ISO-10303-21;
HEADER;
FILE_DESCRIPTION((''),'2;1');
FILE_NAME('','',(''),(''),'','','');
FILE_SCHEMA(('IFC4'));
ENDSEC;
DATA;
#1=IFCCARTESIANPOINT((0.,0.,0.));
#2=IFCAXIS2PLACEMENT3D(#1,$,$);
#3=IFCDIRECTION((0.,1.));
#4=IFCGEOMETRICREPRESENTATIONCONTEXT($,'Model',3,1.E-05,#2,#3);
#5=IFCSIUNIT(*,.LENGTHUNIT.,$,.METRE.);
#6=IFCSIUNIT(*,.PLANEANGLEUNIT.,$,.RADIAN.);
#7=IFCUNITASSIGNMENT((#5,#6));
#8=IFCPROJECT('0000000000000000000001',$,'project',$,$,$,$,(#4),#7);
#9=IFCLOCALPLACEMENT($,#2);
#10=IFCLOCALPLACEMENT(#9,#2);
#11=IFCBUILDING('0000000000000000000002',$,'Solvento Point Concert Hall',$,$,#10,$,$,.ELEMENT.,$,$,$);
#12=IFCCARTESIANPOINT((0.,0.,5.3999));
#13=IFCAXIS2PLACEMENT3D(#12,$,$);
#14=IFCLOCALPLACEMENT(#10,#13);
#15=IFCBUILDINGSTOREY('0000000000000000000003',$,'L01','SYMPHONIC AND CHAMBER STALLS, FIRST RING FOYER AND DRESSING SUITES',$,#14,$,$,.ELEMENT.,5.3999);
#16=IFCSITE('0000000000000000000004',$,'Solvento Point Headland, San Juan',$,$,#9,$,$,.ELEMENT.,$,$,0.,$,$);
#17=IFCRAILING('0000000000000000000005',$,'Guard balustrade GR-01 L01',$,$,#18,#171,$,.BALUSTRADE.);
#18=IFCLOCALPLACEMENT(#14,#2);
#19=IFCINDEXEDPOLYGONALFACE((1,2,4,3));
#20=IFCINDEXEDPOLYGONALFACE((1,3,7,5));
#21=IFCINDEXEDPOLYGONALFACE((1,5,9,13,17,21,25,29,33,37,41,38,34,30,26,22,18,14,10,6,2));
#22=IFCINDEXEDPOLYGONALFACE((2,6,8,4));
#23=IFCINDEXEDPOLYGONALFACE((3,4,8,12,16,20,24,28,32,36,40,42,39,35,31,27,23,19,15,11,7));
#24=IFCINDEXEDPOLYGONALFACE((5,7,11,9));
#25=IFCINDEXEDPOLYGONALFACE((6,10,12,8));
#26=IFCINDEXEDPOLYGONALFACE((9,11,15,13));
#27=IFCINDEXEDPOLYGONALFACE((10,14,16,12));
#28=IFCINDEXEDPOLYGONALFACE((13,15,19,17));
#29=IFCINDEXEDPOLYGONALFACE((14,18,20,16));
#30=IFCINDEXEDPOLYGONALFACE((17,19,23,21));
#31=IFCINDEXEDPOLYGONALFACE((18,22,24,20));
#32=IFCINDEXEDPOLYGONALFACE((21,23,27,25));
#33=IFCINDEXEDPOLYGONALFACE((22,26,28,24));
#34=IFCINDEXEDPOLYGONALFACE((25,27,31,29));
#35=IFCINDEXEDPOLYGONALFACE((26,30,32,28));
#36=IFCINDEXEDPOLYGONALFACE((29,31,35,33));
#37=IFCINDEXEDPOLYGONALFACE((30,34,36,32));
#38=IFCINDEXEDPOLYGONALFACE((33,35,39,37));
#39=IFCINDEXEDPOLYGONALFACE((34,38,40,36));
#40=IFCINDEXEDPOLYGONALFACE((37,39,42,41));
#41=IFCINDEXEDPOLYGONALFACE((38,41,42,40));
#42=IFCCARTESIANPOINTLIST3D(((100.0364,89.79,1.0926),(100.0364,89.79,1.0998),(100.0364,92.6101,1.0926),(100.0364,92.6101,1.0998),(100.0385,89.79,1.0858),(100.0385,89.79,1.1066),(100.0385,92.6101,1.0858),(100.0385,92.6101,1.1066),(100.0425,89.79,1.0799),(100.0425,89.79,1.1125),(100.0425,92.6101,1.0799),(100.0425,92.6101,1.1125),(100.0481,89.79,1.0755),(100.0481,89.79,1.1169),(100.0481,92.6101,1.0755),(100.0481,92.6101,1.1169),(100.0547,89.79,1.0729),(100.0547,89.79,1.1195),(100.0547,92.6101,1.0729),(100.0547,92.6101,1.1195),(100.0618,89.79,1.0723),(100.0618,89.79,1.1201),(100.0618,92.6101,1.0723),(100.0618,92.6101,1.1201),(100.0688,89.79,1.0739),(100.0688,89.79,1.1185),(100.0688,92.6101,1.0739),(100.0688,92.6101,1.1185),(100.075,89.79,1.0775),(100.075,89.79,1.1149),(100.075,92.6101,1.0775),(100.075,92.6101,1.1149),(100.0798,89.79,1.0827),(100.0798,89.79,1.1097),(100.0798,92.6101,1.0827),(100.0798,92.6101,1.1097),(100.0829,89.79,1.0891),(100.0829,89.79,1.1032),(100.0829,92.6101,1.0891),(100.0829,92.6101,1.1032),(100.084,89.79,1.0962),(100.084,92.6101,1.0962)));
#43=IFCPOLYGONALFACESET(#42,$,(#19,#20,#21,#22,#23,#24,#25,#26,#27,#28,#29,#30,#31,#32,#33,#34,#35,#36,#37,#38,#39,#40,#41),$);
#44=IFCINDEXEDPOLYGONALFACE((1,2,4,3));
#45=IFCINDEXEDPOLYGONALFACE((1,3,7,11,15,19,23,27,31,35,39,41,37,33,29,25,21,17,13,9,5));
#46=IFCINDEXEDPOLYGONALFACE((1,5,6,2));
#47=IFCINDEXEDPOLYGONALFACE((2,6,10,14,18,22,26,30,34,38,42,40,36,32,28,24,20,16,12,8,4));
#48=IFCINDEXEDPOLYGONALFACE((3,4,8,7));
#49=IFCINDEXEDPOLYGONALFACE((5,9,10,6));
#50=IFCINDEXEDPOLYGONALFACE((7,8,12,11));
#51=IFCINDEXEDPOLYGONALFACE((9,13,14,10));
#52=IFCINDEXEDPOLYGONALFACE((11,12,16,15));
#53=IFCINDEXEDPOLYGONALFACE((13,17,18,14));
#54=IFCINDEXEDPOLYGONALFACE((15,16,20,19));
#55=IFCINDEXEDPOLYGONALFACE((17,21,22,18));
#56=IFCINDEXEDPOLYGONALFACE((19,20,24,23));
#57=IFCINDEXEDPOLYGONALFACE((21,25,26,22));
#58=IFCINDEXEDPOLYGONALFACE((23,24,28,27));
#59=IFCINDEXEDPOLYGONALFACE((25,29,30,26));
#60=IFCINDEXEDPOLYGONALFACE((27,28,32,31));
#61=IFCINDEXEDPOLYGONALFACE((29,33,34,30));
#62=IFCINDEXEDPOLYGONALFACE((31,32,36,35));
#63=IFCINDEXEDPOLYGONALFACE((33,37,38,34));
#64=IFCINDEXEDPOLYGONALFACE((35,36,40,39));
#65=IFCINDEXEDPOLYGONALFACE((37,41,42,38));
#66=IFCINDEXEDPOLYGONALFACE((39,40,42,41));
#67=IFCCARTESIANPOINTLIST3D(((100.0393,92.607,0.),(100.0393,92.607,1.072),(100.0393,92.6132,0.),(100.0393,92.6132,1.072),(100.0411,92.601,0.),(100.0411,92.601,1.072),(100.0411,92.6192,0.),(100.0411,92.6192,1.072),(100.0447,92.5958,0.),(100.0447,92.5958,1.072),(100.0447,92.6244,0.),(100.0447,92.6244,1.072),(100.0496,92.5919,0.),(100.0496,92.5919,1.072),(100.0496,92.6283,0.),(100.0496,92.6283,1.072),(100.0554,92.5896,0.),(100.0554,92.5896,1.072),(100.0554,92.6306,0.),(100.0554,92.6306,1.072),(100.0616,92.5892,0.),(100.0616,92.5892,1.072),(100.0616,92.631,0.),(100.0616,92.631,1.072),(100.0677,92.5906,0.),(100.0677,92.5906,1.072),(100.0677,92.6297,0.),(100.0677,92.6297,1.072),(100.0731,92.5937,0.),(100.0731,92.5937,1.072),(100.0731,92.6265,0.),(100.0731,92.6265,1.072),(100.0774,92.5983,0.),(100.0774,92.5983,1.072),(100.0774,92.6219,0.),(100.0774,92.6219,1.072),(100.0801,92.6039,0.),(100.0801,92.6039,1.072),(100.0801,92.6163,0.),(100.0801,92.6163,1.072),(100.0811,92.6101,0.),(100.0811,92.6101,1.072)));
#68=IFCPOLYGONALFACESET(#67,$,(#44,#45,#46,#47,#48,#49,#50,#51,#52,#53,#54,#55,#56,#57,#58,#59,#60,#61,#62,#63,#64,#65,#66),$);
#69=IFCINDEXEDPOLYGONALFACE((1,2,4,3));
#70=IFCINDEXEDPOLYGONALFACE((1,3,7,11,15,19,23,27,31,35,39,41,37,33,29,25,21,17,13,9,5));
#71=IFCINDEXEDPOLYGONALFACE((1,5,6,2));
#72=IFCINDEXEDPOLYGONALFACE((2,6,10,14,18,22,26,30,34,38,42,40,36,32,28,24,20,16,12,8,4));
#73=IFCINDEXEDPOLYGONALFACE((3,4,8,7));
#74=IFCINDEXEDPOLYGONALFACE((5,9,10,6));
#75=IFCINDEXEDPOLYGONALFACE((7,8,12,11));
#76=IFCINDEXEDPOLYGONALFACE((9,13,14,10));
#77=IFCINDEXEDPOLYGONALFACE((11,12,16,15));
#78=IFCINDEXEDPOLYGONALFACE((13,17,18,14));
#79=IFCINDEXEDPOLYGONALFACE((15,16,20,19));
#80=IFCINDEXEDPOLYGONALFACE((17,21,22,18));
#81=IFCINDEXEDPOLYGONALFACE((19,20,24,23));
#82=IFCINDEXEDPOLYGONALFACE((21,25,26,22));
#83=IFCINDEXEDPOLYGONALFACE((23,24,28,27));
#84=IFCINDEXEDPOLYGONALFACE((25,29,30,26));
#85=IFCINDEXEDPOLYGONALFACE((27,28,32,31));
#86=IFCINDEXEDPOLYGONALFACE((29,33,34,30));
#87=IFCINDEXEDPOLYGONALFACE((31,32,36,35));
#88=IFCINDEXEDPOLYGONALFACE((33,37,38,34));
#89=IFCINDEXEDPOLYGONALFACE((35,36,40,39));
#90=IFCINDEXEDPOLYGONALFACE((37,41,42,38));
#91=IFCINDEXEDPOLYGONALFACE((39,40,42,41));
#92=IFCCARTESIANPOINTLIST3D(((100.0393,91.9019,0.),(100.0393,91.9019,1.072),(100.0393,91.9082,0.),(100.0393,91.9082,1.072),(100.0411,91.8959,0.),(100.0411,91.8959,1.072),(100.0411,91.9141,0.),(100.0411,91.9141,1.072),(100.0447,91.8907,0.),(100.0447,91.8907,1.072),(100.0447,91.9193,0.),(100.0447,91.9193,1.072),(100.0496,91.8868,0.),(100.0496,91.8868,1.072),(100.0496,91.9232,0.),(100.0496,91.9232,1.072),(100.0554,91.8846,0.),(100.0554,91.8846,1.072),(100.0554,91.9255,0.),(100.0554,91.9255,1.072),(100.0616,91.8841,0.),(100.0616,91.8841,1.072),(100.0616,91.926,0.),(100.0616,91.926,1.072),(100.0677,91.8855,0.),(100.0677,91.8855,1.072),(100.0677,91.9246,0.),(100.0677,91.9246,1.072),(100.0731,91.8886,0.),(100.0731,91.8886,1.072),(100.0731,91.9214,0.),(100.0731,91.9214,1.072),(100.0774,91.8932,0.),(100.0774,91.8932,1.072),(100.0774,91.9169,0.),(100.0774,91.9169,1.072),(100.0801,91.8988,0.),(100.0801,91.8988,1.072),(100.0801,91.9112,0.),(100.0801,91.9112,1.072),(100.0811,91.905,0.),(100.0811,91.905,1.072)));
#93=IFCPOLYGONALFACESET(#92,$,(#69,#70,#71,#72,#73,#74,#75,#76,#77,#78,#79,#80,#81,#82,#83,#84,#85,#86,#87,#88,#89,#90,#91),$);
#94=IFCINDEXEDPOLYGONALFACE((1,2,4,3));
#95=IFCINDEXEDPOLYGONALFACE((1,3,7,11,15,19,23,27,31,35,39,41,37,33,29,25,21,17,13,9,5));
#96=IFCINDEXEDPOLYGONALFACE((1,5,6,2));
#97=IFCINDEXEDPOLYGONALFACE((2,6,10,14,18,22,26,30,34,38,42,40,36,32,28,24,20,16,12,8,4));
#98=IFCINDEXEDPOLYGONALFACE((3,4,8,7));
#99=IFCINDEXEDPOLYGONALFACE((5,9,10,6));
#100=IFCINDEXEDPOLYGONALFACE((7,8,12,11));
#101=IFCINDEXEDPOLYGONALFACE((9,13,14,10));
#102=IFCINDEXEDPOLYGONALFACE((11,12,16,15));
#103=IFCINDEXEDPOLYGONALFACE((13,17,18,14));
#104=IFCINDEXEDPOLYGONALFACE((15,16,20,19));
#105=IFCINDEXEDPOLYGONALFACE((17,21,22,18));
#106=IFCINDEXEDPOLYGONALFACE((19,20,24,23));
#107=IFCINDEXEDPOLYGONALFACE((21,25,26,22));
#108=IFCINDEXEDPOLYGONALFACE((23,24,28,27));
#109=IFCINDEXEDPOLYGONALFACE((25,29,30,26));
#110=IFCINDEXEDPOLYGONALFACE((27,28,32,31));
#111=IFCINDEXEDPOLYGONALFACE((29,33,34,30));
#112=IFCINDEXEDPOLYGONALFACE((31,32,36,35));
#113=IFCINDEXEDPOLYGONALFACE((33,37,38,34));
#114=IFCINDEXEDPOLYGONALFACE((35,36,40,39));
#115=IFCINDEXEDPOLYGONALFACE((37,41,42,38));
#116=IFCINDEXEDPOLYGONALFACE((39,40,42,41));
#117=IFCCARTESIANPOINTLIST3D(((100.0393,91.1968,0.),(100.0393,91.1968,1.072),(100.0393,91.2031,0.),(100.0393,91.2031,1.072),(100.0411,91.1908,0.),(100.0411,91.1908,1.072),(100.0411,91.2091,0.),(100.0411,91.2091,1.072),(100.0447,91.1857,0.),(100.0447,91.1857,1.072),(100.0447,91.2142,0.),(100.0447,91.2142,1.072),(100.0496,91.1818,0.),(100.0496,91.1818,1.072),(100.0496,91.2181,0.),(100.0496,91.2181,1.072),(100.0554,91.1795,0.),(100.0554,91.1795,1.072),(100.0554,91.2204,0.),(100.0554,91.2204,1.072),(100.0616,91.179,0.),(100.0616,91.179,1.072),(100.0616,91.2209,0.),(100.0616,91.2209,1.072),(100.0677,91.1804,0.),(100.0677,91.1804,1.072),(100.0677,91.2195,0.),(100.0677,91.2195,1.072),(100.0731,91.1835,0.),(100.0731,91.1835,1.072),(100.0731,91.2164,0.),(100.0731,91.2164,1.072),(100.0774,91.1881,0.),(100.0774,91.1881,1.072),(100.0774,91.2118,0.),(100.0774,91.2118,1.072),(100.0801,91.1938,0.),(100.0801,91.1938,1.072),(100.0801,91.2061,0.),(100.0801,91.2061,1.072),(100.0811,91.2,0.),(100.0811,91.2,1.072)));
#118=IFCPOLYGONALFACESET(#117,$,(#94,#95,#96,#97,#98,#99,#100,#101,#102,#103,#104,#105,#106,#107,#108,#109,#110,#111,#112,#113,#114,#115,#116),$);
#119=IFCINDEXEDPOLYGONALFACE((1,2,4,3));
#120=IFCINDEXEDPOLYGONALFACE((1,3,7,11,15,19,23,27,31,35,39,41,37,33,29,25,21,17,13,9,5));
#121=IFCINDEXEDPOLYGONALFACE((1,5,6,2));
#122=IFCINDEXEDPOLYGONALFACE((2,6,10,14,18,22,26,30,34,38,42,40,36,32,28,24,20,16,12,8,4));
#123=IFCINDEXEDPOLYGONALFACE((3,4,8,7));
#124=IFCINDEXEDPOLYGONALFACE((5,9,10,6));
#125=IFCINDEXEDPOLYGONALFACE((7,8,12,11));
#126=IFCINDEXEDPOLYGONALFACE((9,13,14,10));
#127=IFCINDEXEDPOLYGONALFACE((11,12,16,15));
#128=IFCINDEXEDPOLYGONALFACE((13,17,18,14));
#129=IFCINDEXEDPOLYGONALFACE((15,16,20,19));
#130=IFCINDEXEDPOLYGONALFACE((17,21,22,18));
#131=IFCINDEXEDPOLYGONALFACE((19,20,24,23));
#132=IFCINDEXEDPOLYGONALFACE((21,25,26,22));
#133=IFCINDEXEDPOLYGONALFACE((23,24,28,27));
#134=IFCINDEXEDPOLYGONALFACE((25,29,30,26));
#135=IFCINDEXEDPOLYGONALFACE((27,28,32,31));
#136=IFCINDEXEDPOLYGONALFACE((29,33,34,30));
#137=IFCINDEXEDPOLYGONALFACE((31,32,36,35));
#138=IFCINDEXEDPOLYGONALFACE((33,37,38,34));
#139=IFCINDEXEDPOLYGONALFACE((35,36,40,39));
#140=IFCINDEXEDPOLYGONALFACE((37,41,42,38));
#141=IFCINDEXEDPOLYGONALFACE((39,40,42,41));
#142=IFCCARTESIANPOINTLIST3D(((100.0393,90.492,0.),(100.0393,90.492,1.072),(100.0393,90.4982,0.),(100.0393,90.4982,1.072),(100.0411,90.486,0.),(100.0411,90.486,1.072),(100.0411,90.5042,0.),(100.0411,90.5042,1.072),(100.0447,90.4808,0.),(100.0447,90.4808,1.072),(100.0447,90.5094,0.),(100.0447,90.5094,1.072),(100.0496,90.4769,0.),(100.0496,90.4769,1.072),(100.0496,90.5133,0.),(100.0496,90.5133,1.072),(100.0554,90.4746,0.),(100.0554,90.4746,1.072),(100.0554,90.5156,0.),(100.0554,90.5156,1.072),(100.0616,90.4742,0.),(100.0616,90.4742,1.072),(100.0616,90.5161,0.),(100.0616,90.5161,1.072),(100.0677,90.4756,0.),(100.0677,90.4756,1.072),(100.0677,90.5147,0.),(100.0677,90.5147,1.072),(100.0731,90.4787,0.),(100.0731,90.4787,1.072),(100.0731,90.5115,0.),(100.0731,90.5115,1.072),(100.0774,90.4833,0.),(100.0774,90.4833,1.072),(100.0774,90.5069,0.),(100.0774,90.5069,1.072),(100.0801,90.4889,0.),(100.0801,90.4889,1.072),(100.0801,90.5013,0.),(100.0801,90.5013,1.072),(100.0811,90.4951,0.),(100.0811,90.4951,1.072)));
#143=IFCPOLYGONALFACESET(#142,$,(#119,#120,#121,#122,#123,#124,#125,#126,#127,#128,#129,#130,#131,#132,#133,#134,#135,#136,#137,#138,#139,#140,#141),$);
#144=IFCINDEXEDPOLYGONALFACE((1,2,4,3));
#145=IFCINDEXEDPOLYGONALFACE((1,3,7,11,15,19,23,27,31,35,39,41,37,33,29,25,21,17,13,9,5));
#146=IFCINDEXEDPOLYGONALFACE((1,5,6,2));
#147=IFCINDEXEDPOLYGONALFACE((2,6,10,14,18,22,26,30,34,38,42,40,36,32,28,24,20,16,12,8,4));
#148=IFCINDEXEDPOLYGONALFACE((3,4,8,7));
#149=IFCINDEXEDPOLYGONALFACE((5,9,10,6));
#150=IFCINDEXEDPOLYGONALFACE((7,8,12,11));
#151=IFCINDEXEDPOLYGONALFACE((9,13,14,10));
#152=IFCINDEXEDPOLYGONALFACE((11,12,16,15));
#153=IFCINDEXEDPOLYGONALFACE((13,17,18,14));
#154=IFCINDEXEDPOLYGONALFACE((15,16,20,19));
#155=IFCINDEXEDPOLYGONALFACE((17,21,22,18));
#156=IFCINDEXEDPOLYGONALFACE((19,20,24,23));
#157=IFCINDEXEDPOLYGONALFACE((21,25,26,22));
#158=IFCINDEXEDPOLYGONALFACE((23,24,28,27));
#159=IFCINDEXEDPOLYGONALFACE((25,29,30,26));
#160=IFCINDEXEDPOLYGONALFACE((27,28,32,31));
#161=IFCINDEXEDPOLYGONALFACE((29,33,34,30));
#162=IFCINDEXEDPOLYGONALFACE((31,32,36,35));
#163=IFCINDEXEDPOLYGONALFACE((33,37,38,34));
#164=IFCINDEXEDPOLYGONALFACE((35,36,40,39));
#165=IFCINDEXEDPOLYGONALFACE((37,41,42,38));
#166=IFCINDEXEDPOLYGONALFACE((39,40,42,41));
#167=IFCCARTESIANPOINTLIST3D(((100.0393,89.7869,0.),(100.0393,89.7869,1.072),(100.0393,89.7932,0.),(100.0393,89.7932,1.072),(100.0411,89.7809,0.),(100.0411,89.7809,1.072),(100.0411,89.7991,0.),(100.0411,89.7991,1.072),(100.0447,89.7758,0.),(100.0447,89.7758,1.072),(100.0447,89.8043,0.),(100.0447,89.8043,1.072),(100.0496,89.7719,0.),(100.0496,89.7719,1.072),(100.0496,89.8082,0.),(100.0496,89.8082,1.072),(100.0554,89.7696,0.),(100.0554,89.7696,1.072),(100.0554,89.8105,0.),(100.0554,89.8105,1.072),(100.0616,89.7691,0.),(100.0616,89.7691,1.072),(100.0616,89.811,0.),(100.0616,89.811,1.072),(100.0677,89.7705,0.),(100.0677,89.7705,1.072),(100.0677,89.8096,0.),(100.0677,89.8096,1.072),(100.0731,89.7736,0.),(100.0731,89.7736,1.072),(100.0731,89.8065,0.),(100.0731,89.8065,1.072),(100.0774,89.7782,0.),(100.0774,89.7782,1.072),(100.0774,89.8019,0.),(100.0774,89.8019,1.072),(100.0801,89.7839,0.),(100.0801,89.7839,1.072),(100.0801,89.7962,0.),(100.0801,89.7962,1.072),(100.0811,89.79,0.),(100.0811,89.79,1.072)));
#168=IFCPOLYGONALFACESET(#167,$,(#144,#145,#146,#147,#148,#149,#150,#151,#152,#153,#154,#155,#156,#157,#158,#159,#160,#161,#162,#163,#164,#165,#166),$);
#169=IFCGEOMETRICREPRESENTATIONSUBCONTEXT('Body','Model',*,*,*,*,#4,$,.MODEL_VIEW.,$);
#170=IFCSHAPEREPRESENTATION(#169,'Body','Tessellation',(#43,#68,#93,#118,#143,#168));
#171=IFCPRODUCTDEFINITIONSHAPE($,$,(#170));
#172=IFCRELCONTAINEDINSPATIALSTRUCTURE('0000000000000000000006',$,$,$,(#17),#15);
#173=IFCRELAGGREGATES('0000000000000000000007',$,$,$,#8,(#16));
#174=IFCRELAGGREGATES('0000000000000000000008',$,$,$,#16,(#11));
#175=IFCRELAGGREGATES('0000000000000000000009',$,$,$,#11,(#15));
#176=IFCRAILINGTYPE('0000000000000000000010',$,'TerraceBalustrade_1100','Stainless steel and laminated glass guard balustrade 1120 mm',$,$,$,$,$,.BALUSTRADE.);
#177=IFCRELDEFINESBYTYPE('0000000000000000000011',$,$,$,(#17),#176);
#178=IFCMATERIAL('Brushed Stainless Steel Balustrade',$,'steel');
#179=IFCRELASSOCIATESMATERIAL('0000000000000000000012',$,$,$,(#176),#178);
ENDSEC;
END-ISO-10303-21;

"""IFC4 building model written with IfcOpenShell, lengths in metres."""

from ifc_helpers import new_model, si_unit, direction, frame, origin, origin_2d, place, context, subcontext, project, spatial, circle, extrude, material, type_object, element, save


model = new_model("IFC4")

# Units and contexts
model_context = context("Model", 3, precision=1e-05, world=origin(), true_north=direction((0.0, 1.0)))
body_context = subcontext(model_context, "Body", "Model", "MODEL_VIEW")
ifc_project = project(units=[si_unit("LENGTHUNIT", "METRE"), si_unit("PLANEANGLEUNIT", "RADIAN")], contexts=[model_context])

# Site, building, storey
site_placement = place(None, origin())
site = spatial("IfcSite", under=ifc_project, at=site_placement, Name="Solvento Point Headland, San Juan", CompositionType="ELEMENT", RefElevation=0.0)
building_placement = place(site_placement, origin())
building = spatial("IfcBuilding", under=site, at=building_placement, Name="Solvento Point Concert Hall", CompositionType="ELEMENT")
storey_placement = place(building_placement, frame((0.0, 0.0, 5.3999)))
storey = spatial("IfcBuildingStorey", under=building, at=storey_placement, Name="L01", Description="SYMPHONIC AND CHAMBER STALLS, FIRST RING FOYER AND DRESSING SUITES", CompositionType="ELEMENT", Elevation=5.3999)

# Railing
ifc_material_1 = material(Name="Brushed Stainless Steel Balustrade", Category="steel")
railing_type = type_object("IfcRailingType", Name="TerraceBalustrade_1100", Description="Stainless steel and laminated glass guard balustrade 1120 mm", PredefinedType="BALUSTRADE", material=ifc_material_1)
railing_placement = place(storey_placement, frame((100.0601, 92.6101, 0.0)))
element("IfcRailing", 1, at=railing_placement, inside=storey, type_object=railing_type, Name="Guard balustrade GR-01 L01", PredefinedType="BALUSTRADE", context=body_context, shape_type="SweptSolid", body=[
    extrude(circle(Radius=0.0239, at=origin_2d()), frame((0.0, 0.0, 1.0962), z_axis=(0.0, -1.0, 0.0), x_axis=(1.0, 0.0, 0.0)), (0.0, 0.0, 1.0), 2.8201),
    extrude(circle(Radius=0.021, at=origin_2d()), origin(), (0.0, 0.0, 1.0), 1.072),
    extrude(circle(Radius=0.021, at=origin_2d()), frame((0.0, -0.7051, 0.0)), (0.0, 0.0, 1.0), 1.072),
    extrude(circle(Radius=0.021, at=origin_2d()), frame((0.0, -1.4102, 0.0)), (0.0, 0.0, 1.0), 1.072),
    extrude(circle(Radius=0.021, at=origin_2d()), frame((0.0, -2.115, 0.0)), (0.0, 0.0, 1.0), 1.072),
    extrude(circle(Radius=0.021, at=origin_2d()), frame((0.0, -2.8201, 0.0)), (0.0, 0.0, 1.0), 1.072),
])

save(model, "model.ifc")
